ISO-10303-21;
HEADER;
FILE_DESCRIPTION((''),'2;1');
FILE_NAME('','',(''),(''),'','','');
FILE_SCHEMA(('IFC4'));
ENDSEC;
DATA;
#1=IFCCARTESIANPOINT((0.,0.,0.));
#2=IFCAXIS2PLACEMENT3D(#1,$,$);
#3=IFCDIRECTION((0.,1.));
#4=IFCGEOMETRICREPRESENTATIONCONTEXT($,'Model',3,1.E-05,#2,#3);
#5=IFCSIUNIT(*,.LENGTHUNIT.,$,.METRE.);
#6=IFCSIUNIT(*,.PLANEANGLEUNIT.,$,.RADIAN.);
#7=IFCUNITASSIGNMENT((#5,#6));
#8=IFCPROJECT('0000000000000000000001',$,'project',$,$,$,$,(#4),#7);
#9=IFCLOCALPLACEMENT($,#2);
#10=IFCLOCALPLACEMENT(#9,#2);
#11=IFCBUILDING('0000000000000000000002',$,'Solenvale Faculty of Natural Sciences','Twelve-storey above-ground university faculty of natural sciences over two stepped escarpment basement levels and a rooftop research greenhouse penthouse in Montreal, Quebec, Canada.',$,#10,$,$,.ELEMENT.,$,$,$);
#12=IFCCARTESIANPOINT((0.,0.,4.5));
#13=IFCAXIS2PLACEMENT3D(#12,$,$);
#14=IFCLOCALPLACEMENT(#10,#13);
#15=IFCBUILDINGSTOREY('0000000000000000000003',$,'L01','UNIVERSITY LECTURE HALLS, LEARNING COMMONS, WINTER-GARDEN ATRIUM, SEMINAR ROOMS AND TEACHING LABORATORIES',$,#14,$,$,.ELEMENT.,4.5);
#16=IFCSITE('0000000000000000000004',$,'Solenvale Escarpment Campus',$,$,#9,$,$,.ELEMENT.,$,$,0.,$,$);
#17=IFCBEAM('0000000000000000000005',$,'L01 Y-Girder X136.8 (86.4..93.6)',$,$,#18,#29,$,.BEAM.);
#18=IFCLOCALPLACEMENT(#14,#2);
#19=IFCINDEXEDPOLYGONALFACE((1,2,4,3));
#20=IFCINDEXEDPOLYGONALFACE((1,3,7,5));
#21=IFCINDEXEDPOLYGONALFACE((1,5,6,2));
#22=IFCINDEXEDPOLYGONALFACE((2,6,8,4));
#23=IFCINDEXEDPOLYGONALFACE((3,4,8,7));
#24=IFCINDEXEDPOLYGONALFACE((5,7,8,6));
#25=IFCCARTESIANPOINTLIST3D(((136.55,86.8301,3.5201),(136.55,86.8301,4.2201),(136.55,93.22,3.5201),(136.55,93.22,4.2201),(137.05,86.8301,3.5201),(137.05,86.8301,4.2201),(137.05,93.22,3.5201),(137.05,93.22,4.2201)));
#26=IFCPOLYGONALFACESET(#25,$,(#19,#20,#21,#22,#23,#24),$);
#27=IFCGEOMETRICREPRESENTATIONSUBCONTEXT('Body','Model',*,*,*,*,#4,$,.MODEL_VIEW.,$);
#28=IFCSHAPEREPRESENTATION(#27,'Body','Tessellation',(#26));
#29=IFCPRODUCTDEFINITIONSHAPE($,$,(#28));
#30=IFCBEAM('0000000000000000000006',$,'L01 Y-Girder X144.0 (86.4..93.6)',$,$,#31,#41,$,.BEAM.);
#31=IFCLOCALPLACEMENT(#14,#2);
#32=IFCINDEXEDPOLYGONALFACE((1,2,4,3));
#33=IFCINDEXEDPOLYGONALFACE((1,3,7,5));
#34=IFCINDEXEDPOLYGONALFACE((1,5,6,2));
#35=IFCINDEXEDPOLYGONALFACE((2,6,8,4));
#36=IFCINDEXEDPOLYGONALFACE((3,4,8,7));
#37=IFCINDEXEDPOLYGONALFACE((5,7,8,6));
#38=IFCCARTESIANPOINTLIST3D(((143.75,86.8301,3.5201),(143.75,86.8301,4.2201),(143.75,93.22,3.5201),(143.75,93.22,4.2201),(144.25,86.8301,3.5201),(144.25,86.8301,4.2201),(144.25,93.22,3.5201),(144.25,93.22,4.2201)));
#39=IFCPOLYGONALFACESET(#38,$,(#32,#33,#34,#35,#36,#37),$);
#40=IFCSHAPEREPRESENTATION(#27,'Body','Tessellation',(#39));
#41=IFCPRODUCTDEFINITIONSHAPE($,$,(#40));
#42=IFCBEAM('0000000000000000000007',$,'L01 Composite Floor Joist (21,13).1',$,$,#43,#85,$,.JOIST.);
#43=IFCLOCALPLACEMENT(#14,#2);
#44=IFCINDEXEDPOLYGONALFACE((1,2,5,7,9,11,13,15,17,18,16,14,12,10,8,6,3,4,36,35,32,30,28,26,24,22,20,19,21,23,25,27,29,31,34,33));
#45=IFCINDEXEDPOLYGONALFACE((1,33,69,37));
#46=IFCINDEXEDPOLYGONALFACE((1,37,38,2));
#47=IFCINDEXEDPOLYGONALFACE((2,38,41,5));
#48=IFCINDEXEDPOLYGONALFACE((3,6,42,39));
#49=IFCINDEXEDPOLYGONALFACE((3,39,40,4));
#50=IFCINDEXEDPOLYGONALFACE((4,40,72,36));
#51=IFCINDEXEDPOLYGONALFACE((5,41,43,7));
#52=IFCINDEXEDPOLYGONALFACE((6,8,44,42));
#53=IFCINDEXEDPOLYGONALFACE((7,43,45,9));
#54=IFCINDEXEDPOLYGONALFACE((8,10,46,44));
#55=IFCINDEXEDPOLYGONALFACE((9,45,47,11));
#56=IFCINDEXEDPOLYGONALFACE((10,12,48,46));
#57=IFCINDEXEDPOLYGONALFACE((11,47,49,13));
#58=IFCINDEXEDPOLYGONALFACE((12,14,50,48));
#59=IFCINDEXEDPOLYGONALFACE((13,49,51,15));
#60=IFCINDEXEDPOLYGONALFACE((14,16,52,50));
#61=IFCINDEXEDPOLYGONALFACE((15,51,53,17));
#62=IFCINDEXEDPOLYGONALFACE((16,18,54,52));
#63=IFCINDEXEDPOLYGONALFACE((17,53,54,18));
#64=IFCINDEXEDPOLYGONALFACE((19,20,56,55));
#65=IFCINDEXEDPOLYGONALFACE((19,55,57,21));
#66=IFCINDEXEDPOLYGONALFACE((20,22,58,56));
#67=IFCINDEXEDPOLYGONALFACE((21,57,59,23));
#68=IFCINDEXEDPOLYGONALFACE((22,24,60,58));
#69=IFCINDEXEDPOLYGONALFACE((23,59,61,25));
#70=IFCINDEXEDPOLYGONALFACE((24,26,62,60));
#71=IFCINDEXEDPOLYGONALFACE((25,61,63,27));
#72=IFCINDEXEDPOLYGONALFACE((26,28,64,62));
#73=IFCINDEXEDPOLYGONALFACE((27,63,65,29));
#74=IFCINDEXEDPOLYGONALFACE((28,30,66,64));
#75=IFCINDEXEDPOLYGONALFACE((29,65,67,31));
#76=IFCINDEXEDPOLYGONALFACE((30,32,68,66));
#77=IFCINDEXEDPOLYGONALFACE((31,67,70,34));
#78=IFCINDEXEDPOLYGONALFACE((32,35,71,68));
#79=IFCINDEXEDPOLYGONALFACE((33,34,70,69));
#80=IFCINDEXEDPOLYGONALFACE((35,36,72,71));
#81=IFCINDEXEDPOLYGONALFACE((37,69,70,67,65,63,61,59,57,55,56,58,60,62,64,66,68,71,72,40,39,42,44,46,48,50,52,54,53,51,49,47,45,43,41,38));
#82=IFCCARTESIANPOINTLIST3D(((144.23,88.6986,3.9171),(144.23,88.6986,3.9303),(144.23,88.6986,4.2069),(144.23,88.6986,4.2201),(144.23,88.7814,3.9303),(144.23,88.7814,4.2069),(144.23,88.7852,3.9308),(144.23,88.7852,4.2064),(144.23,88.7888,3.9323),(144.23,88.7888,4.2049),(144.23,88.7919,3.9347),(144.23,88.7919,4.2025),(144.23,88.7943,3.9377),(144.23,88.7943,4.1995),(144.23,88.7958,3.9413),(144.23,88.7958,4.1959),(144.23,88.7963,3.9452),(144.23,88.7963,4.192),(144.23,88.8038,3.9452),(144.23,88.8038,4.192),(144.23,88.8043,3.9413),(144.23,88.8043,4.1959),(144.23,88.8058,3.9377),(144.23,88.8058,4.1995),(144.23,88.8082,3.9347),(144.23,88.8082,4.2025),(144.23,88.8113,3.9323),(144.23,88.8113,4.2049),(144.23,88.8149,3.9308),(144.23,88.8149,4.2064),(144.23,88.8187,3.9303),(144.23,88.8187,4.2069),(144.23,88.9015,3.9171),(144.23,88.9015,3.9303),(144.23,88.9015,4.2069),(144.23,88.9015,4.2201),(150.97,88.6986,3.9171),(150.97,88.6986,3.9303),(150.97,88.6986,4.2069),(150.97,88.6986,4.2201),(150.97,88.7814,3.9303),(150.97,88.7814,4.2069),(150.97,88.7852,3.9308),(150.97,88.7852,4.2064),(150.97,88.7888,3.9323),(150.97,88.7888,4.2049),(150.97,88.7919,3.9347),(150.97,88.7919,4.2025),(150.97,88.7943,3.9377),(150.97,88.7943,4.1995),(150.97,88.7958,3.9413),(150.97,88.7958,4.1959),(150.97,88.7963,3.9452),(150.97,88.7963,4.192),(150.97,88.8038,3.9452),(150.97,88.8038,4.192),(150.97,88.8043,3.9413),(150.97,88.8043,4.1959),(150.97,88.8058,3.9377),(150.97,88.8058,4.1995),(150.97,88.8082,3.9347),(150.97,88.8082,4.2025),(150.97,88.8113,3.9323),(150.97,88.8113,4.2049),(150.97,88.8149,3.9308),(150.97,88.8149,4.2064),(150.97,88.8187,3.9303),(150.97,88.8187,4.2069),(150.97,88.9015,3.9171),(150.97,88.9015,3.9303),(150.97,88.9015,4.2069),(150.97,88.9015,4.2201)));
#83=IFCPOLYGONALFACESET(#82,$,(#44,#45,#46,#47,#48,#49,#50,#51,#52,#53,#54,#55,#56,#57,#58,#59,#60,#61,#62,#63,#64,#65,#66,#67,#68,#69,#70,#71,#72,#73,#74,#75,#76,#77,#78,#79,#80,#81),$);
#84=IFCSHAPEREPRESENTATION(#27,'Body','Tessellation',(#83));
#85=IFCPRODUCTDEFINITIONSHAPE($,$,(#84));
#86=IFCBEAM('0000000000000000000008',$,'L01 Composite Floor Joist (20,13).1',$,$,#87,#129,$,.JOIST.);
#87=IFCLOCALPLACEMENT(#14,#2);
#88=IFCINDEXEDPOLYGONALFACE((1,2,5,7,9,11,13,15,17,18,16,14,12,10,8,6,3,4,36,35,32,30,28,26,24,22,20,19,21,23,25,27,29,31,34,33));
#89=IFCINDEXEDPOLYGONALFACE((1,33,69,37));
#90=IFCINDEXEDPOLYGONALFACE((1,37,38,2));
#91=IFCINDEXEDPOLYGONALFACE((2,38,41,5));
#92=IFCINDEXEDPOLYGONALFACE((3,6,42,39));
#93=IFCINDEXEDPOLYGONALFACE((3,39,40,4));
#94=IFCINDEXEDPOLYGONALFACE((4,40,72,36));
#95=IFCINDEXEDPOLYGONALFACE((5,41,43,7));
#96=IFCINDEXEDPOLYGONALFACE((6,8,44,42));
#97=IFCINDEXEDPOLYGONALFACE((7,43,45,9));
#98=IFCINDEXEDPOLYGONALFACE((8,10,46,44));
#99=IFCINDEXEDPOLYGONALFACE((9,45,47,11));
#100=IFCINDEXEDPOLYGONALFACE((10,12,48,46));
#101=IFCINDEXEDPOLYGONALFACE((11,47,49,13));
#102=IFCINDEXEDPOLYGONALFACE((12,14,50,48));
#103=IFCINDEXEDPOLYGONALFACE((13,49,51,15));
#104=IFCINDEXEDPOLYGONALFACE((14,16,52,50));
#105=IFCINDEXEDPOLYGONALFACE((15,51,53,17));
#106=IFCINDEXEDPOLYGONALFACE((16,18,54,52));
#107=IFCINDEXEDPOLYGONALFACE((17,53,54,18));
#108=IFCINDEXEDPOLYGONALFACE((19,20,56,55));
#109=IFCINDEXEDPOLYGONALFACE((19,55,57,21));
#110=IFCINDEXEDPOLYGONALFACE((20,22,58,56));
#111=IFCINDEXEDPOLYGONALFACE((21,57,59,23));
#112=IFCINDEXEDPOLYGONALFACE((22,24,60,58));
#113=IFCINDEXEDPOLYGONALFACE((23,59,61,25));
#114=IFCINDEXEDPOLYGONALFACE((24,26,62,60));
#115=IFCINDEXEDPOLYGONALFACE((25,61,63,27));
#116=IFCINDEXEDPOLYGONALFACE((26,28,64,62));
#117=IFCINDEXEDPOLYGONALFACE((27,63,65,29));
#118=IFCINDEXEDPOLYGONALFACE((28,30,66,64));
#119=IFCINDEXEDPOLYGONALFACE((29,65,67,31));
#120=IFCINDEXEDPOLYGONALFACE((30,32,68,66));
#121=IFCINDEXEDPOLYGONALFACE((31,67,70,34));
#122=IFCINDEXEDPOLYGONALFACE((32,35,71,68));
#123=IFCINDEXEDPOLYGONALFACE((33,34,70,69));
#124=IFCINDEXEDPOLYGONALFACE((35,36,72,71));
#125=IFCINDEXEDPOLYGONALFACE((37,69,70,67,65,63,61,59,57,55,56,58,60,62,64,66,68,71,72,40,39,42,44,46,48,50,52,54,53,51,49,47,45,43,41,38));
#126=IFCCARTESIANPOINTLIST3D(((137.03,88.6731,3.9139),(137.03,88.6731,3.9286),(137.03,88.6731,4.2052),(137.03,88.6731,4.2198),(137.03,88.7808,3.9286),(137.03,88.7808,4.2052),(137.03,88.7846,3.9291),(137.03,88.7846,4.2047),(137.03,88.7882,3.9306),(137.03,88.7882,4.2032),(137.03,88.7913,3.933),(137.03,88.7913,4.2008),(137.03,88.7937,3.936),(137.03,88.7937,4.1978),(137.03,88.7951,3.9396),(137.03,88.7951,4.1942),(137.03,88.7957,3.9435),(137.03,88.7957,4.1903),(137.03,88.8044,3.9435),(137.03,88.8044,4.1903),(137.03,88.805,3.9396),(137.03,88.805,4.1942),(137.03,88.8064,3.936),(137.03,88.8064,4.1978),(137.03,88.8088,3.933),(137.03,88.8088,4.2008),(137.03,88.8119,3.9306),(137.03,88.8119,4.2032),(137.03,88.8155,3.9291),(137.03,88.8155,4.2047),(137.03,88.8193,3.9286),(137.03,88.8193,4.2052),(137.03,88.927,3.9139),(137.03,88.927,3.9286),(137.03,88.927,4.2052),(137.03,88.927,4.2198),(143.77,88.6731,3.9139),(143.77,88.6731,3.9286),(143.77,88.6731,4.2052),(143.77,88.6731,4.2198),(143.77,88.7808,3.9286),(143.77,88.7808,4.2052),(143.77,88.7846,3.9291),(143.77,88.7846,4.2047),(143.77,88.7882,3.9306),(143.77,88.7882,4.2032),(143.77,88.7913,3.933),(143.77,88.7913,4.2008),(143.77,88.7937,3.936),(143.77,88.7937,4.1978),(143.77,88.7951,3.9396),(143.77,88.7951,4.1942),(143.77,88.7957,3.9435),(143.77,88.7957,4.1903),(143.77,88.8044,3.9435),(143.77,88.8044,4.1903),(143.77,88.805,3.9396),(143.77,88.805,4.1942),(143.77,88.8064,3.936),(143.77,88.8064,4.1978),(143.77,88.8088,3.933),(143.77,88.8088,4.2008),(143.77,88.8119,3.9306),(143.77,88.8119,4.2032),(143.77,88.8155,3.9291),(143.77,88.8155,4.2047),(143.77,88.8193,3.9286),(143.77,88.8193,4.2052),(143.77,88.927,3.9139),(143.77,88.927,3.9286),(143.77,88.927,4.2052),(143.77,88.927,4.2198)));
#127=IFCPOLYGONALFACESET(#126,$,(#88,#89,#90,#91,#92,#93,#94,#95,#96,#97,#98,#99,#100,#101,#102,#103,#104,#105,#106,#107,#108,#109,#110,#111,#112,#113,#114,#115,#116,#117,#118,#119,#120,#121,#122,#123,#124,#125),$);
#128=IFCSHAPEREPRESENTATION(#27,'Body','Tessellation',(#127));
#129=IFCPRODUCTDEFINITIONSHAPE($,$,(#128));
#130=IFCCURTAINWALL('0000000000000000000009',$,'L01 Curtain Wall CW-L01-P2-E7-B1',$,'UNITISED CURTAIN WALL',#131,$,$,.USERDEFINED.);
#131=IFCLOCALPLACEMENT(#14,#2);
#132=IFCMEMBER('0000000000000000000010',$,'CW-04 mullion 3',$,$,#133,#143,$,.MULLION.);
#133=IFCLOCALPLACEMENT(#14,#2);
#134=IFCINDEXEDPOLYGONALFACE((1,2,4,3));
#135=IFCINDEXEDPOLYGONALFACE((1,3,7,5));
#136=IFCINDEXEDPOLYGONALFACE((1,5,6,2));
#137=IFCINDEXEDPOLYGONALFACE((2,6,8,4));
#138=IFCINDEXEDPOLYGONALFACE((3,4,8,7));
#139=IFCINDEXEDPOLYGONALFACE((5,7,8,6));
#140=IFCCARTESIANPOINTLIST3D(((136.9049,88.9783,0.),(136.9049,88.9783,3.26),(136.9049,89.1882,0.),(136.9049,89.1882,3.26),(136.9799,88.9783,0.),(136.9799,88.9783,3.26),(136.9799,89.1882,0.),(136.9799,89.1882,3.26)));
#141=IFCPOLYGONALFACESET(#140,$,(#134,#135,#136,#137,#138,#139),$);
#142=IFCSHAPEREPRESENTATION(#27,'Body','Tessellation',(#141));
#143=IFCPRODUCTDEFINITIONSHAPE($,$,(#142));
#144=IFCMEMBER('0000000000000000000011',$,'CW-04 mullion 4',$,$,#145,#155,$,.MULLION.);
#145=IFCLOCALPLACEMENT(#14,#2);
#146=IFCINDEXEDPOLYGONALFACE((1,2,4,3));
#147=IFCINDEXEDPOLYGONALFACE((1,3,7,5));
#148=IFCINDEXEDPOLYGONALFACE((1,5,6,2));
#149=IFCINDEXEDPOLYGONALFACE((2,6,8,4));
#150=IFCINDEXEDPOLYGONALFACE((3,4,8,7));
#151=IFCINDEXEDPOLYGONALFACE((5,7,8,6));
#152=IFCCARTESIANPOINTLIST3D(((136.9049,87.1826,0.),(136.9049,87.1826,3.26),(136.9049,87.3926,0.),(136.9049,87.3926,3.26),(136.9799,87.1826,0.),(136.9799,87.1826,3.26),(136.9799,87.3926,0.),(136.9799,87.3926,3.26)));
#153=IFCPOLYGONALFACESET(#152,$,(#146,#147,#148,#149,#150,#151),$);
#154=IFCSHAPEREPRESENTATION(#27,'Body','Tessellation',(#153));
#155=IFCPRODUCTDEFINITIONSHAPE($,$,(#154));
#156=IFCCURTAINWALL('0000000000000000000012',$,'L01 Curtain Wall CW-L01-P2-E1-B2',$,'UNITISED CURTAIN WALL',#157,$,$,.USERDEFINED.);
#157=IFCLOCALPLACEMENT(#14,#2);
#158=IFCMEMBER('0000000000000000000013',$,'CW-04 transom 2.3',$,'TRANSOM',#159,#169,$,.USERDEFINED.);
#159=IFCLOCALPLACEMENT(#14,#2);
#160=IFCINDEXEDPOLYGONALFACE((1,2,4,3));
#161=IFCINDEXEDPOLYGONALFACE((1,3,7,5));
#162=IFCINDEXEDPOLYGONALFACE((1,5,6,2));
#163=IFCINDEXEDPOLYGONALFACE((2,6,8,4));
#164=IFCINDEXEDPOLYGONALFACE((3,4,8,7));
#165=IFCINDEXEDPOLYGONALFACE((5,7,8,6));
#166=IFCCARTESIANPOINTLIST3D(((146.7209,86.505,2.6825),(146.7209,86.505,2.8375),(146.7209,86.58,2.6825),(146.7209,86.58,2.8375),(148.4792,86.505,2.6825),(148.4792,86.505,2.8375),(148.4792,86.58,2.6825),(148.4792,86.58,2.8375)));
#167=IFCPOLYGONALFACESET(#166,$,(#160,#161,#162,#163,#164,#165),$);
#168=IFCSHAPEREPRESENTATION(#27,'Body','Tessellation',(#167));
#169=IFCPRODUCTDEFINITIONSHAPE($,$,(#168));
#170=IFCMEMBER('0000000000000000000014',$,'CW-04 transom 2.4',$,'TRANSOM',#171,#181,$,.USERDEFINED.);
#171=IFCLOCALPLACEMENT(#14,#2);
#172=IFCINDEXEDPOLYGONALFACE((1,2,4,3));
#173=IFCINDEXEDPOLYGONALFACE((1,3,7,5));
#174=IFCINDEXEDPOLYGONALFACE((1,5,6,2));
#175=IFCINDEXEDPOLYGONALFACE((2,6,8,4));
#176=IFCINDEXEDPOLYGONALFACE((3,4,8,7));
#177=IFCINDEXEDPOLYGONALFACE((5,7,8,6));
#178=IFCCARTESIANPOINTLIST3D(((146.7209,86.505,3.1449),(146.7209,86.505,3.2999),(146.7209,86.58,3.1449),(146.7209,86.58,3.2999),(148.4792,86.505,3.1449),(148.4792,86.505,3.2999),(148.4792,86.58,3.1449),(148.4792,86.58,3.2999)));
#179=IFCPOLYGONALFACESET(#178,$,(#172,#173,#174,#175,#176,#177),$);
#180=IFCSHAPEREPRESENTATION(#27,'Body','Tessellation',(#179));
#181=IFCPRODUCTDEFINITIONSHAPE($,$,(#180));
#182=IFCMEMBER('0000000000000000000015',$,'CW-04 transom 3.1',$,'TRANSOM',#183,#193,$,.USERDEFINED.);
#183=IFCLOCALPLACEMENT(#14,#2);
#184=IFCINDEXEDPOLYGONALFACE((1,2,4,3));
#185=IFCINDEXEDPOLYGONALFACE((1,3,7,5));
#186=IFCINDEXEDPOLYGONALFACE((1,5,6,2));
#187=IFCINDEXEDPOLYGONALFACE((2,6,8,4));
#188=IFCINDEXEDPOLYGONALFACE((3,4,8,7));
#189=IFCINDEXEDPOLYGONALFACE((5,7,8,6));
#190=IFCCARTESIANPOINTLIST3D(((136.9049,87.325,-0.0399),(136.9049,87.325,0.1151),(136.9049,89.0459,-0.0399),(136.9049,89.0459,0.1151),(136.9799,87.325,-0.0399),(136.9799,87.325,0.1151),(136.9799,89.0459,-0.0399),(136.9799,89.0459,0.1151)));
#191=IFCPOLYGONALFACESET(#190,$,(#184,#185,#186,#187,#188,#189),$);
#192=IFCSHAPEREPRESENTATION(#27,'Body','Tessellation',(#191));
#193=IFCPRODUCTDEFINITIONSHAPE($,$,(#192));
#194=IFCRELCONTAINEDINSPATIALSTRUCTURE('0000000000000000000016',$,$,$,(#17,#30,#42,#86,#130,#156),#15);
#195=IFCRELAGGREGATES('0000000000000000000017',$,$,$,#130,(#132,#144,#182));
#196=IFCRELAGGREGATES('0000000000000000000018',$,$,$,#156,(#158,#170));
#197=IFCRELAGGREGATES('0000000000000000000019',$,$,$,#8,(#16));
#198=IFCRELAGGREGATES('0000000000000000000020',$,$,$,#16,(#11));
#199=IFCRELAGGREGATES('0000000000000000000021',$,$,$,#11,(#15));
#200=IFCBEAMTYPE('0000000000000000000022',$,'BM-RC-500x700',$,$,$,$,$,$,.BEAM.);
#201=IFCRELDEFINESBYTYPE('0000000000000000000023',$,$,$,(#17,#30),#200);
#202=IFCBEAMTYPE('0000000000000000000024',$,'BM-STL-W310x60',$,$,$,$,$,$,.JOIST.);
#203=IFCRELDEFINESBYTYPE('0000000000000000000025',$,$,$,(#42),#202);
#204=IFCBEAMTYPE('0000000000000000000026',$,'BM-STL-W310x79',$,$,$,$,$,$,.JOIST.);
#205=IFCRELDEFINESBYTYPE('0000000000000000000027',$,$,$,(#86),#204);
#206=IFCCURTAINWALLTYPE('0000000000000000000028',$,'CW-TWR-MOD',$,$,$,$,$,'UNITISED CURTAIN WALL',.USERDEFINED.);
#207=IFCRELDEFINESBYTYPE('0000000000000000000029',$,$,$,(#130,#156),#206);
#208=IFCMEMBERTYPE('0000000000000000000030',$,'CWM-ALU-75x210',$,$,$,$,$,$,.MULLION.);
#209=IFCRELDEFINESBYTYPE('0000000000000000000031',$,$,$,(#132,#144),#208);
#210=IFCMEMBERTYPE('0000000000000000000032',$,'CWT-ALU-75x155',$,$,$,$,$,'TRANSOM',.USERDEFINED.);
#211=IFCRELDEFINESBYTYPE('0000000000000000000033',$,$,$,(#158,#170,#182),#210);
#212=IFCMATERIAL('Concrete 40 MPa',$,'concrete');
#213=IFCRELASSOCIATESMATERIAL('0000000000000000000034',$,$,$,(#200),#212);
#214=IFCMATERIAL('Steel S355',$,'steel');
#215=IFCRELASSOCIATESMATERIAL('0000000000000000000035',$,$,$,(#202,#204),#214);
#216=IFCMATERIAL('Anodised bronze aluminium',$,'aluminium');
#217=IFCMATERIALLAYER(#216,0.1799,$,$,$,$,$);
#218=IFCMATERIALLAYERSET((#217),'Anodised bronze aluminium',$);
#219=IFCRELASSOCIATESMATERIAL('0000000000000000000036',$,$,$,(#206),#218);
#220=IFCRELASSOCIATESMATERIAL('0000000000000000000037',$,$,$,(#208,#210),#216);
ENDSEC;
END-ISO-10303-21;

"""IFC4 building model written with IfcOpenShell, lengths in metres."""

from ifc_helpers import new_model, si_unit, direction, frame, origin, origin_2d, place, context, subcontext, project, spatial, rectangle, i_section, extrude, material, layer, layer_set, material_profile, profile_set, type_object, element, aggregate, save


model = new_model("IFC4")

# Units and contexts
model_context = context("Model", 3, precision=1e-05, world=origin(), true_north=direction((0.0, 1.0)))
body_context = subcontext(model_context, "Body", "Model", "MODEL_VIEW")
ifc_project = project(units=[si_unit("LENGTHUNIT", "METRE"), si_unit("PLANEANGLEUNIT", "RADIAN")], contexts=[model_context])

# Site, building, storey
site_placement = place(None, origin())
site = spatial("IfcSite", under=ifc_project, at=site_placement, Name="Solenvale Escarpment Campus", CompositionType="ELEMENT", RefElevation=0.0)
building_placement = place(site_placement, origin())
building = spatial("IfcBuilding", under=site, at=building_placement, Name="Solenvale Faculty of Natural Sciences", Description="Twelve-storey above-ground university faculty of natural sciences over two stepped escarpment basement levels and a rooftop research greenhouse penthouse in Montreal, Quebec, Canada.", CompositionType="ELEMENT")
storey_placement = place(building_placement, frame((0.0, 0.0, 4.5)))
storey = spatial("IfcBuildingStorey", under=building, at=storey_placement, Name="L01", Description="UNIVERSITY LECTURE HALLS, LEARNING COMMONS, WINTER-GARDEN ATRIUM, SEMINAR ROOMS AND TEACHING LABORATORIES", CompositionType="ELEMENT", Elevation=4.5)

# Beams
ifc_material_1 = material(Name="Concrete 40 MPa", Category="concrete")
ifc_material_profile_1 = material_profile(ifc_material_1, rectangle(XDim=0.5, YDim=0.7, at=origin_2d()), Name="RC-BM-500x700")
ifc_profile_set_1 = profile_set([ifc_material_profile_1], Name="Concrete 40 MPa")
beam_type_1 = type_object("IfcBeamType", Name="BM-RC-500x700", PredefinedType="BEAM", material=ifc_profile_set_1)
for number, where, z_axis, x_axis, name in (
    (1, (136.8, 86.8301, 3.8701), (0.0, 1.0, 0.0), (-1.0, 0.0, 0.0), "L01 Y-Girder X136.8 (86.4..93.6)"),
    (2, (144.0, 86.8301, 3.8701), (0.0, 1.0, 0.0), (-1.0, 0.0, 0.0), "L01 Y-Girder X144.0 (86.4..93.6)"),
):
    element("IfcBeam", number, at=place(storey_placement, frame(where, z_axis=z_axis, x_axis=x_axis)), inside=storey, type_object=beam_type_1, Name=name, PredefinedType="BEAM", context=body_context, shape_type="SweptSolid", body=[
        extrude(rectangle(XDim=0.5, YDim=0.7, at=origin_2d()), origin(), (0.0, 0.0, 1.0), 6.3899),
    ])
ifc_material_2 = material(Name="Steel S355", Category="steel")
ifc_material_profile_2 = material_profile(ifc_material_2, i_section(OverallWidth=0.2029, OverallDepth=0.303, WebThickness=0.0076, FlangeThickness=0.0132, FilletRadius=0.0149, at=origin_2d()), Name="W310x60")
ifc_profile_set_2 = profile_set([ifc_material_profile_2], Name="Steel S355")
beam_type_2 = type_object("IfcBeamType", Name="BM-STL-W310x60", PredefinedType="JOIST", material=ifc_profile_set_2)
beam_1_placement = place(storey_placement, frame((144.23, 88.8, 4.0686), z_axis=(1.0, 0.0, 0.0), x_axis=(0.0, 1.0, 0.0)))
element("IfcBeam", 3, at=beam_1_placement, inside=storey, type_object=beam_type_2, Name="L01 Composite Floor Joist (21,13).1", PredefinedType="JOIST", context=body_context, shape_type="SweptSolid", body=[
    extrude(i_section(OverallWidth=0.2029, OverallDepth=0.303, WebThickness=0.0076, FlangeThickness=0.0132, FilletRadius=0.0149, at=origin_2d()), origin(), (0.0, 0.0, 1.0), 6.74),
])
ifc_material_profile_3 = material_profile(ifc_material_2, i_section(OverallWidth=0.2539, OverallDepth=0.3059, WebThickness=0.0088, FlangeThickness=0.0146, FilletRadius=0.0149, at=origin_2d()), Name="W310x79")
ifc_profile_set_3 = profile_set([ifc_material_profile_3], Name="Steel S355")
beam_type_3 = type_object("IfcBeamType", Name="BM-STL-W310x79", PredefinedType="JOIST", material=ifc_profile_set_3)
beam_2_placement = place(storey_placement, frame((137.03, 88.8, 4.0669), z_axis=(1.0, 0.0, 0.0), x_axis=(0.0, 1.0, 0.0)))
element("IfcBeam", 4, at=beam_2_placement, inside=storey, type_object=beam_type_3, Name="L01 Composite Floor Joist (20,13).1", PredefinedType="JOIST", context=body_context, shape_type="SweptSolid", body=[
    extrude(i_section(OverallWidth=0.2539, OverallDepth=0.3059, WebThickness=0.0088, FlangeThickness=0.0146, FilletRadius=0.0149, at=origin_2d()), origin(), (0.0, 0.0, 1.0), 6.74),
])

# Curtain walls, members
ifc_material_3 = material(Name="Anodised bronze aluminium", Category="aluminium")
ifc_layer_1 = layer(ifc_material_3, 0.1799)
ifc_layer_set_1 = layer_set([ifc_layer_1], Name="Anodised bronze aluminium")
curtain_wall_type = type_object("IfcCurtainWallType", Name="CW-TWR-MOD", ElementType="UNITISED CURTAIN WALL", PredefinedType="USERDEFINED", material=ifc_layer_set_1)
curtain_wall_1_placement = place(storey_placement, origin())
curtain_wall_1 = element("IfcCurtainWall", 5, at=curtain_wall_1_placement, inside=storey, type_object=curtain_wall_type, Name="L01 Curtain Wall CW-L01-P2-E7-B1", ObjectType="UNITISED CURTAIN WALL", PredefinedType="USERDEFINED")
ifc_material_profile_4 = material_profile(ifc_material_3, rectangle(XDim=0.075, YDim=0.21, at=origin_2d()), Name="ALU-MUL-75x210")
ifc_profile_set_4 = profile_set([ifc_material_profile_4], Name="Anodised bronze aluminium")
member_type_1 = type_object("IfcMemberType", Name="CWM-ALU-75x210", PredefinedType="MULLION", material=ifc_profile_set_4)
member_1_placement = place(storey_placement, frame((136.9424, 89.0833, 0.0), z_axis=(0.0, 0.0, 1.0), x_axis=(1.0, 0.0, 0.0)))
member_1 = element("IfcMember", 6, at=member_1_placement, type_object=member_type_1, Name="CW-04 mullion 3", PredefinedType="MULLION", context=body_context, shape_type="SweptSolid", body=[
    extrude(rectangle(XDim=0.075, YDim=0.21, at=origin_2d()), origin(), (0.0, 0.0, 1.0), 3.26),
])
member_2_placement = place(storey_placement, frame((136.9424, 87.2876, 0.0), z_axis=(0.0, 0.0, 1.0), x_axis=(1.0, 0.0, 0.0)))
member_2 = element("IfcMember", 7, at=member_2_placement, type_object=member_type_1, Name="CW-04 mullion 4", PredefinedType="MULLION", context=body_context, shape_type="SweptSolid", body=[
    extrude(rectangle(XDim=0.075, YDim=0.21, at=origin_2d()), origin(), (0.0, 0.0, 1.0), 3.26),
])
curtain_wall_2_placement = place(storey_placement, origin())
curtain_wall_2 = element("IfcCurtainWall", 8, at=curtain_wall_2_placement, inside=storey, type_object=curtain_wall_type, Name="L01 Curtain Wall CW-L01-P2-E1-B2", ObjectType="UNITISED CURTAIN WALL", PredefinedType="USERDEFINED")
ifc_material_profile_5 = material_profile(ifc_material_3, rectangle(XDim=0.075, YDim=0.155, at=origin_2d()), Name="ALU-TRN-75x155")
ifc_profile_set_5 = profile_set([ifc_material_profile_5], Name="Anodised bronze aluminium")
member_type_2 = type_object("IfcMemberType", Name="CWT-ALU-75x155", ElementType="TRANSOM", PredefinedType="USERDEFINED", material=ifc_profile_set_5)
member_3_placement = place(storey_placement, frame((146.7209, 86.5425, 2.76), z_axis=(1.0, 0.0, 0.0), x_axis=(0.0, 1.0, 0.0)))
member_3 = element("IfcMember", 9, at=member_3_placement, type_object=member_type_2, Name="CW-04 transom 2.3", ObjectType="TRANSOM", PredefinedType="USERDEFINED", context=body_context, shape_type="SweptSolid", body=[
    extrude(rectangle(XDim=0.075, YDim=0.155, at=origin_2d()), origin(), (0.0, 0.0, 1.0), 1.7583),
])
member_4_placement = place(storey_placement, frame((146.7209, 86.5425, 3.2224), z_axis=(1.0, 0.0, 0.0), x_axis=(0.0, 1.0, 0.0)))
member_4 = element("IfcMember", 10, at=member_4_placement, type_object=member_type_2, Name="CW-04 transom 2.4", ObjectType="TRANSOM", PredefinedType="USERDEFINED", context=body_context, shape_type="SweptSolid", body=[
    extrude(rectangle(XDim=0.075, YDim=0.155, at=origin_2d()), origin(), (0.0, 0.0, 1.0), 1.7583),
])

# Member
member_5_placement = place(storey_placement, frame((136.9424, 89.0459, 0.0376), z_axis=(0.0, -1.0, 0.0), x_axis=(1.0, 0.0, 0.0)))
member_5 = element("IfcMember", 11, at=member_5_placement, type_object=member_type_2, Name="CW-04 transom 3.1", ObjectType="TRANSOM", PredefinedType="USERDEFINED", context=body_context, shape_type="SweptSolid", body=[
    extrude(rectangle(XDim=0.075, YDim=0.155, at=origin_2d()), origin(), (0.0, 0.0, 1.0), 1.7209),
])

aggregate(curtain_wall_1, [member_1, member_2, member_5])
aggregate(curtain_wall_2, [member_3, member_4])

save(model, "model.ifc")
